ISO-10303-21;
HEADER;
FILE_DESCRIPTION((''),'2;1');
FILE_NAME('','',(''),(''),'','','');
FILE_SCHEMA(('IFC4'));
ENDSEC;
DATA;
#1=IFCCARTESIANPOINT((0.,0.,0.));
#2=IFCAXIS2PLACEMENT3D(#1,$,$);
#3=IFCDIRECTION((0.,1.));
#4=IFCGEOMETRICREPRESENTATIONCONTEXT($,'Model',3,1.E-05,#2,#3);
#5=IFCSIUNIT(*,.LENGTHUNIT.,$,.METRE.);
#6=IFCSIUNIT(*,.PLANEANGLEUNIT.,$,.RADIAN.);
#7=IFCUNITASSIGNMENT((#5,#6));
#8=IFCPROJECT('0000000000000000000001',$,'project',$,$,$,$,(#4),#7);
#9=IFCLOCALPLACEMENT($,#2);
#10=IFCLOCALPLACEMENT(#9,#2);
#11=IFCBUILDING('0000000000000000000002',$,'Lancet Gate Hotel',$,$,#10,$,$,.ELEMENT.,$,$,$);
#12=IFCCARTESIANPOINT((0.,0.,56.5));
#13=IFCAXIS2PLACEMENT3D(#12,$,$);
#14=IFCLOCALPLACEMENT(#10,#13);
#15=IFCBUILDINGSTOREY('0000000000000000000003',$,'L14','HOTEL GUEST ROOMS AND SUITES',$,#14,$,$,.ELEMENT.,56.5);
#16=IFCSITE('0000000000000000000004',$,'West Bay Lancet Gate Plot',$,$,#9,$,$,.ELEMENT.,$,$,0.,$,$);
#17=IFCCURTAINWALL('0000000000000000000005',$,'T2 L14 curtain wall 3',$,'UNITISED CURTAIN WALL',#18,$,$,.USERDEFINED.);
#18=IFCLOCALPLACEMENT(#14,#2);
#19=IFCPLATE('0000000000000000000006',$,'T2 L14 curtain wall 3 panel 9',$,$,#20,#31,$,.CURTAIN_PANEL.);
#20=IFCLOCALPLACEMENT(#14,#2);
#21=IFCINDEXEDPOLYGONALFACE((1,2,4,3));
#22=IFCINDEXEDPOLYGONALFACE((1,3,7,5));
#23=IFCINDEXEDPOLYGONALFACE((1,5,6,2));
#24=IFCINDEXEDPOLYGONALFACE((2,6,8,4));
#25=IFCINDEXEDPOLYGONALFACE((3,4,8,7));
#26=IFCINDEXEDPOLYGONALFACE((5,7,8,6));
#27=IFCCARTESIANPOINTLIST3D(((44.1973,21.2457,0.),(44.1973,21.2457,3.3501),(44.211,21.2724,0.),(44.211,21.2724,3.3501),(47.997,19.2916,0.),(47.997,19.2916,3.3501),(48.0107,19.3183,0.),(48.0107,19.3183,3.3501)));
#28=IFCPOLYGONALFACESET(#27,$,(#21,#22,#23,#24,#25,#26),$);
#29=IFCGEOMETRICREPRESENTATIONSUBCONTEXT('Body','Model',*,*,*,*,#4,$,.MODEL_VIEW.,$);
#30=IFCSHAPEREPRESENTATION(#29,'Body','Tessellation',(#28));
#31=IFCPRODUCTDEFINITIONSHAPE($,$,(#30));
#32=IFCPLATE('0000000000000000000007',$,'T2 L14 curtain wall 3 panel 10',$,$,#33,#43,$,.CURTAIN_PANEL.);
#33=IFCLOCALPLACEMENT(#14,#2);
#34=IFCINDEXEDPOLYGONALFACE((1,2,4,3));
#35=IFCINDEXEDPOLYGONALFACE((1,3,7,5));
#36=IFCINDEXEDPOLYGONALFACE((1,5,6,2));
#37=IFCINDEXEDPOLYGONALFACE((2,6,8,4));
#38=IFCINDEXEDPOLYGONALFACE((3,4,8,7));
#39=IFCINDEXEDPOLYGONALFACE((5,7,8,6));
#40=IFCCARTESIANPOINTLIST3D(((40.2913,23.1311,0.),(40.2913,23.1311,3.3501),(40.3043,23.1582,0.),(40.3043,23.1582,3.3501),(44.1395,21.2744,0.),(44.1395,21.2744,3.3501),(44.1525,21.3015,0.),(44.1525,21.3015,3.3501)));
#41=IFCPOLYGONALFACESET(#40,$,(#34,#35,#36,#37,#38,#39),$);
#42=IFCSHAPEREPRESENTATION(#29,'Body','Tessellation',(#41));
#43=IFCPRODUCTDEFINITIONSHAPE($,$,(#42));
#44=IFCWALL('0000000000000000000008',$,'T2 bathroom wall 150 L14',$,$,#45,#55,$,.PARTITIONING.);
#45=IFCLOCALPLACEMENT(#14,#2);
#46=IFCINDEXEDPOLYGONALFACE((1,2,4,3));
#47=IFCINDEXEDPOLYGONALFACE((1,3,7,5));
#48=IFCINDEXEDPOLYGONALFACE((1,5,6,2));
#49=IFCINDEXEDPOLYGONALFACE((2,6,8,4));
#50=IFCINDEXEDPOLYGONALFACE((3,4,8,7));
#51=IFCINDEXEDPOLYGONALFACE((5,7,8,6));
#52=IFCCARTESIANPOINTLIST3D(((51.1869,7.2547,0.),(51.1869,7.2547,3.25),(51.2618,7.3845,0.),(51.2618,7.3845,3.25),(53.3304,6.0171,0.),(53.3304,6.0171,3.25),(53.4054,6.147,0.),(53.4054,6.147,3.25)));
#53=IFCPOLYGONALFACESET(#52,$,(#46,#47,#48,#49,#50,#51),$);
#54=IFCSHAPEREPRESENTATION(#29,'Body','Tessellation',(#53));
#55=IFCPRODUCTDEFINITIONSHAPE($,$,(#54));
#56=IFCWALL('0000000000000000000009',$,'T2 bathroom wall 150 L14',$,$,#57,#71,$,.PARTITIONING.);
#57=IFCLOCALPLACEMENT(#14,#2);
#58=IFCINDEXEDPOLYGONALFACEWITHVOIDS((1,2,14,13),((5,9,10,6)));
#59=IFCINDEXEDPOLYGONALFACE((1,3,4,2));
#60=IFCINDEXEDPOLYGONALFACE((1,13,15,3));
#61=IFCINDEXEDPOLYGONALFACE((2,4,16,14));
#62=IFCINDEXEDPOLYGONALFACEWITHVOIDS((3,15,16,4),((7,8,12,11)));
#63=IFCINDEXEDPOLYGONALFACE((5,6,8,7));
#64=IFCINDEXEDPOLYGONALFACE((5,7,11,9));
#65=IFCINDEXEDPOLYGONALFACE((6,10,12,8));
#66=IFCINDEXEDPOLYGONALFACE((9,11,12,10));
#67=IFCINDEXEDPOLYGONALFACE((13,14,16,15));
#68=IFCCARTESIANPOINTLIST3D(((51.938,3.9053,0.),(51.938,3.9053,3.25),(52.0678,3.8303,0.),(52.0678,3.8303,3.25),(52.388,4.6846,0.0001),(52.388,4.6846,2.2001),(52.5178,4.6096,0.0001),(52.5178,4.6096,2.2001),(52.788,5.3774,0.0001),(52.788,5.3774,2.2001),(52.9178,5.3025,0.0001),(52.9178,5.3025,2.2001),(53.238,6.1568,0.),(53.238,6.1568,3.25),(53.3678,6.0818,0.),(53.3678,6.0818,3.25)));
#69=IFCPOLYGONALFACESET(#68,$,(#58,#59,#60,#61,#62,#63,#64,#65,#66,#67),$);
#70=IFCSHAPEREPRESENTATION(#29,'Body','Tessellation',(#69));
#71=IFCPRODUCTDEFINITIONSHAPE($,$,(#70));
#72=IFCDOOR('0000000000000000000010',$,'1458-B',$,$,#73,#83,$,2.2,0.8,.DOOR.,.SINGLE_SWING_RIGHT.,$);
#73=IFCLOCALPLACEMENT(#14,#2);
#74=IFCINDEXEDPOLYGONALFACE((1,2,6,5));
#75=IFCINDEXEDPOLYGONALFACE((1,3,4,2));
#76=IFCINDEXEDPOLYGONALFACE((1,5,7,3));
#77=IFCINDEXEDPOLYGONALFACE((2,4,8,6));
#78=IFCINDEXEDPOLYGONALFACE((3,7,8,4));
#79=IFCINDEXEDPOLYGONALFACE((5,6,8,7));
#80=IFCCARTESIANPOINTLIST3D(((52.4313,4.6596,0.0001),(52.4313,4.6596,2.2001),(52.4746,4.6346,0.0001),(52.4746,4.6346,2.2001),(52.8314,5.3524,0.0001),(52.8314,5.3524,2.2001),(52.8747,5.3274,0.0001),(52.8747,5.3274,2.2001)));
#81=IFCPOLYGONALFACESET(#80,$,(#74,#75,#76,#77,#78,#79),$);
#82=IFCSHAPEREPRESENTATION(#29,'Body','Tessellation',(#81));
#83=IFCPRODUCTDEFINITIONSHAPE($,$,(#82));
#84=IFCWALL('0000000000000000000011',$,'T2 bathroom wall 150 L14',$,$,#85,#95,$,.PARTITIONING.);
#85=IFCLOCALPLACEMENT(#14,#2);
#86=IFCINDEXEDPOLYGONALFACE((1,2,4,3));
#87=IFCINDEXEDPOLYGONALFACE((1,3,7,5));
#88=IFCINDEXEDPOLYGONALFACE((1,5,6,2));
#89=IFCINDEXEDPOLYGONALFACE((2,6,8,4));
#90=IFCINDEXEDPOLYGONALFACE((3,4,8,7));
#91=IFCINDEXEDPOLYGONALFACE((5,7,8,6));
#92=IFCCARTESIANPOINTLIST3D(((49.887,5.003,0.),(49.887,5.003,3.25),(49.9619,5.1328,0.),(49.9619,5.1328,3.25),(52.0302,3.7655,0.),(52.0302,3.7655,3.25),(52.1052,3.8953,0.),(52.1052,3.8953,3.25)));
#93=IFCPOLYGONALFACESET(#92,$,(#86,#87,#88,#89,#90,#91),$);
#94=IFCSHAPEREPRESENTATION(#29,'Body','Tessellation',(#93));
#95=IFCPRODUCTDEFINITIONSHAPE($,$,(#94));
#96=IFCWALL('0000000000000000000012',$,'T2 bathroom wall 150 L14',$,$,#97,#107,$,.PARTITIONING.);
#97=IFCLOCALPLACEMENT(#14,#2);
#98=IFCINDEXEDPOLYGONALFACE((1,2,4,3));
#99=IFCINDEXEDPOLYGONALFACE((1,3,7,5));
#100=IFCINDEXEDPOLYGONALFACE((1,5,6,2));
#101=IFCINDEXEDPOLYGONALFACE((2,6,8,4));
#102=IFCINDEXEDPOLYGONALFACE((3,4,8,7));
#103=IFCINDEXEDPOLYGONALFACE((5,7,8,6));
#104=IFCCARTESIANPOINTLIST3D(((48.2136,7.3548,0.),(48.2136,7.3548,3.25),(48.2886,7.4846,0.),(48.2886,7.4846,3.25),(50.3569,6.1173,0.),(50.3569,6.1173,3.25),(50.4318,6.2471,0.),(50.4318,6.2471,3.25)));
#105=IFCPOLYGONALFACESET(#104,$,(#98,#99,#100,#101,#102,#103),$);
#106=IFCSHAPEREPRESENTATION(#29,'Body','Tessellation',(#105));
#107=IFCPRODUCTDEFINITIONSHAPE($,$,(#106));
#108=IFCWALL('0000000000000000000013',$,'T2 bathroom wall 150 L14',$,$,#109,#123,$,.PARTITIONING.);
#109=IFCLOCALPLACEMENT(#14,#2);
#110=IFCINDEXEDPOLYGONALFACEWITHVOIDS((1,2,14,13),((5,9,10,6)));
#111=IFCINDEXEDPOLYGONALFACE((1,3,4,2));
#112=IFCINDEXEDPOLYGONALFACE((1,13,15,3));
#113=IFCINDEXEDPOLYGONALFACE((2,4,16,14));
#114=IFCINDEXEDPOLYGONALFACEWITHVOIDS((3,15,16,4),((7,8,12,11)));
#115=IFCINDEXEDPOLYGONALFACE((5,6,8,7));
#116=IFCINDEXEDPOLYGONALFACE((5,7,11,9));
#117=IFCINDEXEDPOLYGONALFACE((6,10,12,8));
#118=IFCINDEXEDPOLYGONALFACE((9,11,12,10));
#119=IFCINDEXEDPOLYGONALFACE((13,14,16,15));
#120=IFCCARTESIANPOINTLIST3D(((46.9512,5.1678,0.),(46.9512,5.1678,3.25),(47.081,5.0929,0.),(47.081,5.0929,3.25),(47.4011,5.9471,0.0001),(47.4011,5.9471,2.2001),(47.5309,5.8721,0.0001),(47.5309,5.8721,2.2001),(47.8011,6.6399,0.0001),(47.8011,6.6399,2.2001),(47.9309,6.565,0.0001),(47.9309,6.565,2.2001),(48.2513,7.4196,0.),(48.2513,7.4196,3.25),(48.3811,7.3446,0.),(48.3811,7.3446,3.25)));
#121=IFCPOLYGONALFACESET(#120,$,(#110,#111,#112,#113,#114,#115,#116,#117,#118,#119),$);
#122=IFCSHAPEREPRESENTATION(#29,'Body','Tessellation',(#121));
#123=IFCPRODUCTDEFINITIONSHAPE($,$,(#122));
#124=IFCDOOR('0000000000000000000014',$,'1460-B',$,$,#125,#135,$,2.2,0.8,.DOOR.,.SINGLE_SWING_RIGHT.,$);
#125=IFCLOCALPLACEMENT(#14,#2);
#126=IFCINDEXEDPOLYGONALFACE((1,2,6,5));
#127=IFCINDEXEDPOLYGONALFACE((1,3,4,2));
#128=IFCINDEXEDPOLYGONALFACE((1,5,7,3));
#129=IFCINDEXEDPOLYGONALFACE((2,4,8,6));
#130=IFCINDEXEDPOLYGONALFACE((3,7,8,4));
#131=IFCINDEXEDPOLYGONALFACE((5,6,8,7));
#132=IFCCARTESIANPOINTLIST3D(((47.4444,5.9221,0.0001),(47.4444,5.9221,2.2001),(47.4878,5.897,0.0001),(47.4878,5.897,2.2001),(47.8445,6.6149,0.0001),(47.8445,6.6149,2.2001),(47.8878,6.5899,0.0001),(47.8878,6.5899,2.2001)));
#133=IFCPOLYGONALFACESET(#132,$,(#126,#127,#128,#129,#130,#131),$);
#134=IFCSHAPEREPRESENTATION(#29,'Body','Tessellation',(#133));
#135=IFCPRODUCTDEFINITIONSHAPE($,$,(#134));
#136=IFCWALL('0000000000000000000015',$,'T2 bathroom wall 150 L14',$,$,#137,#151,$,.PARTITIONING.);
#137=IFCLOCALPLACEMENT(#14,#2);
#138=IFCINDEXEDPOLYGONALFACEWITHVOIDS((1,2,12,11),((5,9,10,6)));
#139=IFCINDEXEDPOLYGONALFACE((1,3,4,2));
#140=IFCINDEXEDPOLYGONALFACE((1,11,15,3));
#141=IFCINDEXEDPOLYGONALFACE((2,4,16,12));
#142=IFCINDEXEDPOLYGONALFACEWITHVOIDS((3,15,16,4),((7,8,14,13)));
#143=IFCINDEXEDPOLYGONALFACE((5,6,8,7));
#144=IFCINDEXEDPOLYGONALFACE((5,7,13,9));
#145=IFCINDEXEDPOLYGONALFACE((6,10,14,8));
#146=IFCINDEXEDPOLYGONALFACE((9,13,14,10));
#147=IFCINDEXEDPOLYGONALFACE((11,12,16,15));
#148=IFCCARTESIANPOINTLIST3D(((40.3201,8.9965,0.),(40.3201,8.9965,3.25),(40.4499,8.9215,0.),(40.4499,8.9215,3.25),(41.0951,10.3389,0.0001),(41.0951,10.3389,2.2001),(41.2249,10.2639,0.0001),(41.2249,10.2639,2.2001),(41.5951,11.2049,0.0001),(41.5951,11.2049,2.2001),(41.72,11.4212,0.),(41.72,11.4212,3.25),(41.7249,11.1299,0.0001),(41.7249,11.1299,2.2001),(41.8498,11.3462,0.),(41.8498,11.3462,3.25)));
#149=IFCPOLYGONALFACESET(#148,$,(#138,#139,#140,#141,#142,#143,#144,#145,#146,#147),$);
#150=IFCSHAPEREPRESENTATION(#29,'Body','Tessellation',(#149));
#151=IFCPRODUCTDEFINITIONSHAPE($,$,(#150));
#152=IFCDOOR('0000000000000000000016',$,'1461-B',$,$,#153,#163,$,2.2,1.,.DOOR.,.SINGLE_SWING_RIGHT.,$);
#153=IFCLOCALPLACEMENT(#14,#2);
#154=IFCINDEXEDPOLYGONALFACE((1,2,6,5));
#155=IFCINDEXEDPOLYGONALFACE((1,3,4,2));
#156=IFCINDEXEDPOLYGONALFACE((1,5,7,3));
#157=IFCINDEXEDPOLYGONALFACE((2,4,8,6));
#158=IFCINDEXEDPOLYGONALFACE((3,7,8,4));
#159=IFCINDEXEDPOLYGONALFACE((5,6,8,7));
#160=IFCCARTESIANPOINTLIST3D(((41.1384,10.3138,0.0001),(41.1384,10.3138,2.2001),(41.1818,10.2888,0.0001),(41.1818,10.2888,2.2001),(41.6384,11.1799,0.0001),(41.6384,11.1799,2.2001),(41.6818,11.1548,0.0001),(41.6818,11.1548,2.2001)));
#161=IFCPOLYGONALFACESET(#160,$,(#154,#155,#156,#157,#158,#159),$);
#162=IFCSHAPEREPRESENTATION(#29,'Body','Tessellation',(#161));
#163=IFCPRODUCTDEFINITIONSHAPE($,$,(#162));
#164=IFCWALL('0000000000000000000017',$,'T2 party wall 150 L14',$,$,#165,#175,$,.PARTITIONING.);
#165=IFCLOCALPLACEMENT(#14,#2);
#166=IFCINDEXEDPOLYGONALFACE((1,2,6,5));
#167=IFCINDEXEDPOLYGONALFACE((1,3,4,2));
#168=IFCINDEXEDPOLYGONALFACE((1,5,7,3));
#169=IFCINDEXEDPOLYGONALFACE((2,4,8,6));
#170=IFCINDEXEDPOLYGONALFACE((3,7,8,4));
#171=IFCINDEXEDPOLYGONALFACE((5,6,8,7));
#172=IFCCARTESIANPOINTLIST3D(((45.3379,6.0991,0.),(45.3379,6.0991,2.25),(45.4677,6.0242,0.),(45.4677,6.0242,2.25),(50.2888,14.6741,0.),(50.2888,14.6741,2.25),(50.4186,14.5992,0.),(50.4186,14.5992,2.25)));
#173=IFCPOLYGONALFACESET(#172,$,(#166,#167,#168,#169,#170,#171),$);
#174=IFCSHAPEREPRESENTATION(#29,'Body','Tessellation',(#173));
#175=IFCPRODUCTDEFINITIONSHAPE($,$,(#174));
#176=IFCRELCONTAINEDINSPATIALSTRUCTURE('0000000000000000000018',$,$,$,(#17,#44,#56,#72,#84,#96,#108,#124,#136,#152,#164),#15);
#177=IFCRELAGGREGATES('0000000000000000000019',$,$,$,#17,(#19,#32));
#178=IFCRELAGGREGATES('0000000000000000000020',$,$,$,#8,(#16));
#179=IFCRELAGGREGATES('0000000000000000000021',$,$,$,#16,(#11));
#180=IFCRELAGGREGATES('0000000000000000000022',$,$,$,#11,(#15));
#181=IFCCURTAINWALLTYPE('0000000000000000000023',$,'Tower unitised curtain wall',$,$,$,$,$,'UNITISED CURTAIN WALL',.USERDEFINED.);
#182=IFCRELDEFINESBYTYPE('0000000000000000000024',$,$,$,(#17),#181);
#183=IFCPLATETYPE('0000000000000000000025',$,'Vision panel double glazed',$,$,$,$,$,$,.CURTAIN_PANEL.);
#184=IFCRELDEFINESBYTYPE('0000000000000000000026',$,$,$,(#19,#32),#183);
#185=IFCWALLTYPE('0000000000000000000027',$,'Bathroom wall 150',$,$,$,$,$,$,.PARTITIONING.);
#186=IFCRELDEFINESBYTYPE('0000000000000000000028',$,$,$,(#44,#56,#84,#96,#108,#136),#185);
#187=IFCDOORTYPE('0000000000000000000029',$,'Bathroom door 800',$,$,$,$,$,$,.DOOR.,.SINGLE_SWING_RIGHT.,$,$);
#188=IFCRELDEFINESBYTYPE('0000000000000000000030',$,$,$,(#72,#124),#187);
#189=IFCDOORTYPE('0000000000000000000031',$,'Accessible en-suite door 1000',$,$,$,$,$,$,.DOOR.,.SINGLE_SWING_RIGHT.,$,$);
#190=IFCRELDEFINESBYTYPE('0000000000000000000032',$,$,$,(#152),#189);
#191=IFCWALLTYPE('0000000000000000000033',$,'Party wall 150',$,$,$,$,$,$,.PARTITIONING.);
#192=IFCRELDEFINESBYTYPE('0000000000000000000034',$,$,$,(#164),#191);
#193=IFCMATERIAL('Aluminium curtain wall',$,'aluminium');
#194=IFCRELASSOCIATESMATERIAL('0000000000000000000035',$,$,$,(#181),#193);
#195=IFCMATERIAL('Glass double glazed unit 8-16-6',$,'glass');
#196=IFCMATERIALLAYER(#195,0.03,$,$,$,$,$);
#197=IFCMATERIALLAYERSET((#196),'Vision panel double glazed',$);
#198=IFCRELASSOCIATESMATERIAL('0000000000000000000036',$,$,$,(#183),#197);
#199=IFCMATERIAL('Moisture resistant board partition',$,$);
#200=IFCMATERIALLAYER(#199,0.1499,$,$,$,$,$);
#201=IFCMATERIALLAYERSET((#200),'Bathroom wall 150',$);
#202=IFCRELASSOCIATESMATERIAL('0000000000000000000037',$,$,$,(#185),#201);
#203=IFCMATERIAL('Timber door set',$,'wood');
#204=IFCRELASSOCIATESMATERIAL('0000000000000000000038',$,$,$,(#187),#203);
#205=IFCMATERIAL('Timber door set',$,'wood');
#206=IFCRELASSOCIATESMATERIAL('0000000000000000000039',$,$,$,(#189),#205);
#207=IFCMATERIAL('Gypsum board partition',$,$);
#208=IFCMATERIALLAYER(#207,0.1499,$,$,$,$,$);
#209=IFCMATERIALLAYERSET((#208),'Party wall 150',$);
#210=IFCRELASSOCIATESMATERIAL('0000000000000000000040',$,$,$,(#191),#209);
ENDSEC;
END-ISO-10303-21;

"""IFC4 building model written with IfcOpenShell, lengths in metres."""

from ifc_helpers import new_model, si_unit, direction, frame, frame_2d, origin, origin_2d, place, context, subcontext, project, spatial, rectangle, extrude, material, layer, layer_set, type_object, element, fill, aggregate, save


model = new_model("IFC4")

# Units and contexts
model_context = context("Model", 3, precision=1e-05, world=origin(), true_north=direction((0.0, 1.0)))
body_context = subcontext(model_context, "Body", "Model", "MODEL_VIEW")
ifc_project = project(units=[si_unit("LENGTHUNIT", "METRE"), si_unit("PLANEANGLEUNIT", "RADIAN")], contexts=[model_context])

# Site, building, storey
site_placement = place(None, origin())
site = spatial("IfcSite", under=ifc_project, at=site_placement, Name="West Bay Lancet Gate Plot", CompositionType="ELEMENT", RefElevation=0.0)
building_placement = place(site_placement, origin())
building = spatial("IfcBuilding", under=site, at=building_placement, Name="Lancet Gate Hotel", CompositionType="ELEMENT")
storey_placement = place(building_placement, frame((0.0, 0.0, 56.5)))
storey = spatial("IfcBuildingStorey", under=building, at=storey_placement, Name="L14", Description="HOTEL GUEST ROOMS AND SUITES", CompositionType="ELEMENT", Elevation=56.5)

# Curtain wall
ifc_material_1 = material(Name="Aluminium curtain wall", Category="aluminium")
curtain_wall_type = type_object("IfcCurtainWallType", Name="Tower unitised curtain wall", ElementType="UNITISED CURTAIN WALL", PredefinedType="USERDEFINED", material=ifc_material_1)
curtain_wall_placement = place(storey_placement, origin())
curtain_wall = element("IfcCurtainWall", 1, at=curtain_wall_placement, inside=storey, type_object=curtain_wall_type, Name="T2 L14 curtain wall 3", ObjectType="UNITISED CURTAIN WALL", PredefinedType="USERDEFINED")

# Plates
ifc_material_2 = material(Name="Glass double glazed unit 8-16-6", Category="glass")
ifc_layer_1 = layer(ifc_material_2, 0.03)
ifc_layer_set_1 = layer_set([ifc_layer_1], Name="Vision panel double glazed")
plate_type = type_object("IfcPlateType", Name="Vision panel double glazed", PredefinedType="CURTAIN_PANEL", material=ifc_layer_set_1)
plate_1_placement = place(storey_placement, frame((46.104, 20.282, 0.0), z_axis=(0.0, 0.0, 1.0), x_axis=(-0.889296, 0.457332, 0.0)))
plate_1 = element("IfcPlate", 2, at=plate_1_placement, type_object=plate_type, Name="T2 L14 curtain wall 3 panel 9", PredefinedType="CURTAIN_PANEL", context=body_context, shape_type="SweptSolid", body=[
    extrude(rectangle(XDim=4.2727, YDim=0.03, at=origin_2d()), origin(), (0.0, 0.0, 1.0), 3.3501),
])
plate_2_placement = place(storey_placement, frame((42.2219, 22.2163, 0.0), z_axis=(0.0, 0.0, 1.0), x_axis=(-0.900647, 0.43455, 0.0)))
plate_2 = element("IfcPlate", 3, at=plate_2_placement, type_object=plate_type, Name="T2 L14 curtain wall 3 panel 10", PredefinedType="CURTAIN_PANEL", context=body_context, shape_type="SweptSolid", body=[
    extrude(rectangle(XDim=4.2727, YDim=0.03, at=origin_2d()), origin(), (0.0, 0.0, 1.0), 3.3501),
])
aggregate(curtain_wall, [plate_1, plate_2])

# Wall
ifc_material_3 = material(Name="Moisture resistant board partition")
ifc_layer_2 = layer(ifc_material_3, 0.1499)
ifc_layer_set_2 = layer_set([ifc_layer_2], Name="Bathroom wall 150")
wall_type_1 = type_object("IfcWallType", Name="Bathroom wall 150", PredefinedType="PARTITIONING", material=ifc_layer_set_2)
wall_1_placement = place(storey_placement, frame((51.2244, 7.3196, 0.0), z_axis=(0.0, 0.0, 1.0), x_axis=(0.866031, -0.49999, 0.0)))
element("IfcWall", 4, at=wall_1_placement, inside=storey, type_object=wall_type_1, Name="T2 bathroom wall 150 L14", PredefinedType="PARTITIONING", context=body_context, shape_type="SweptSolid", body=[
    extrude(rectangle(XDim=2.4751, YDim=0.1499, at=frame_2d((1.2375, 0.0))), origin(), (0.0, 0.0, 1.0), 3.25),
])

# Wall, opening, door
wall_2_placement = place(storey_placement, frame((52.0029, 3.8679, 0.0), z_axis=(0.0, 0.0, 1.0), x_axis=(0.500048, 0.865998, 0.0)))
wall_2 = element("IfcWall", 5, at=wall_2_placement, inside=storey, type_object=wall_type_1, Name="T2 bathroom wall 150 L14", PredefinedType="PARTITIONING", context=body_context, shape_type="SweptSolid", body=[
    extrude(rectangle(XDim=2.5999, YDim=0.1499, at=frame_2d((1.2998, 0.0))), origin(), (0.0, 0.0, 1.0), 3.25),
])
opening_1_placement = place(wall_2_placement, frame((0.8999, 0.0, 0.0)))
opening_1 = element("IfcOpeningElement", 6, at=opening_1_placement, cuts=wall_2, PredefinedType="OPENING", context=body_context, shape_type="SweptSolid", body=[
    extrude(rectangle(XDim=0.8, YDim=2.2, at=frame_2d((0.3999, 1.1001))), frame((0.0, 0.085, 0.0), z_axis=(0.0, -1.0, 0.0), x_axis=(1.0, 0.0, 0.0)), (0.0, 0.0, 1.0), 0.1699),
])
ifc_material_4 = material(Name="Timber door set", Category="wood")
door_type_1 = type_object("IfcDoorType", Name="Bathroom door 800", OperationType="SINGLE_SWING_RIGHT", PredefinedType="DOOR", material=ifc_material_4)
door_1_placement = place(opening_1_placement, origin())
door_1 = element("IfcDoor", 7, at=door_1_placement, inside=storey, type_object=door_type_1, Name="1458-B", OperationType="SINGLE_SWING_RIGHT", OverallHeight=2.2, OverallWidth=0.8, PredefinedType="DOOR", context=body_context, shape_type="SweptSolid", body=[
    extrude(rectangle(XDim=0.8, YDim=2.2, at=frame_2d((0.3999, 1.1001))), frame((0.0, 0.0249, 0.0), z_axis=(0.0, -1.0, 0.0), x_axis=(1.0, 0.0, 0.0)), (0.0, 0.0, 1.0), 0.05),
])
fill(opening_1, door_1)

# Walls
for number, where, z_axis, x_axis, name in (
    (8, (49.9246, 5.0679, 0.0), (0.0, 0.0, 1.0), (0.866007, -0.500033, 0.0), "T2 bathroom wall 150 L14"),
    (9, (48.2512, 7.4197, 0.0), (0.0, 0.0, 1.0), (0.866007, -0.500033, 0.0), "T2 bathroom wall 150 L14"),
):
    element("IfcWall", number, at=place(storey_placement, frame(where, z_axis=z_axis, x_axis=x_axis)), inside=storey, type_object=wall_type_1, Name=name, PredefinedType="PARTITIONING", context=body_context, shape_type="SweptSolid", body=[
        extrude(rectangle(XDim=2.4749, YDim=0.1499, at=frame_2d((1.2373, 0.0))), origin(), (0.0, 0.0, 1.0), 3.25),
    ])

# Walls, openings, doors
wall_3_placement = place(storey_placement, frame((47.0161, 5.1304, 0.0), z_axis=(0.0, 0.0, 1.0), x_axis=(0.500007, 0.866021, 0.0)))
wall_3 = element("IfcWall", 10, at=wall_3_placement, inside=storey, type_object=wall_type_1, Name="T2 bathroom wall 150 L14", PredefinedType="PARTITIONING", context=body_context, shape_type="SweptSolid", body=[
    extrude(rectangle(XDim=2.6001, YDim=0.1499, at=frame_2d((1.3, 0.0))), origin(), (0.0, 0.0, 1.0), 3.25),
])
opening_2_placement = place(wall_3_placement, frame((0.8999, 0.0, 0.0)))
opening_2 = element("IfcOpeningElement", 11, at=opening_2_placement, cuts=wall_3, PredefinedType="OPENING", context=body_context, shape_type="SweptSolid", body=[
    extrude(rectangle(XDim=0.8, YDim=2.2, at=frame_2d((0.3999, 1.1001))), frame((0.0, 0.085, 0.0), z_axis=(0.0, -1.0, 0.0), x_axis=(1.0, 0.0, 0.0)), (0.0, 0.0, 1.0), 0.1699),
])
door_2_placement = place(opening_2_placement, origin())
door_2 = element("IfcDoor", 12, at=door_2_placement, inside=storey, type_object=door_type_1, Name="1460-B", OperationType="SINGLE_SWING_RIGHT", OverallHeight=2.2, OverallWidth=0.8, PredefinedType="DOOR", context=body_context, shape_type="SweptSolid", body=[
    extrude(rectangle(XDim=0.8, YDim=2.2, at=frame_2d((0.3999, 1.1001))), frame((0.0, 0.0249, 0.0), z_axis=(0.0, -1.0, 0.0), x_axis=(1.0, 0.0, 0.0)), (0.0, 0.0, 1.0), 0.05),
])
fill(opening_2, door_2)
wall_4_placement = place(storey_placement, frame((40.385, 8.959, 0.0), z_axis=(0.0, 0.0, 1.0), x_axis=(0.499984, 0.866035, 0.0)))
wall_4 = element("IfcWall", 13, at=wall_4_placement, inside=storey, type_object=wall_type_1, Name="T2 bathroom wall 150 L14", PredefinedType="PARTITIONING", context=body_context, shape_type="SweptSolid", body=[
    extrude(rectangle(XDim=2.7998, YDim=0.1499, at=frame_2d((1.3999, 0.0))), origin(), (0.0, 0.0, 1.0), 3.25),
])
opening_3_placement = place(wall_4_placement, frame((1.55, 0.0, 0.0)))
opening_3 = element("IfcOpeningElement", 14, at=opening_3_placement, cuts=wall_4, PredefinedType="OPENING", context=body_context, shape_type="SweptSolid", body=[
    extrude(rectangle(XDim=1.0, YDim=2.2, at=frame_2d((0.5, 1.1001))), frame((0.0, 0.085, 0.0), z_axis=(0.0, -1.0, 0.0), x_axis=(1.0, 0.0, 0.0)), (0.0, 0.0, 1.0), 0.1699),
])
ifc_material_5 = material(Name="Timber door set", Category="wood")
door_type_2 = type_object("IfcDoorType", Name="Accessible en-suite door 1000", OperationType="SINGLE_SWING_RIGHT", PredefinedType="DOOR", material=ifc_material_5)
door_3_placement = place(opening_3_placement, origin())
door_3 = element("IfcDoor", 15, at=door_3_placement, inside=storey, type_object=door_type_2, Name="1461-B", OperationType="SINGLE_SWING_RIGHT", OverallHeight=2.2, OverallWidth=1.0, PredefinedType="DOOR", context=body_context, shape_type="SweptSolid", body=[
    extrude(rectangle(XDim=1.0, YDim=2.2, at=frame_2d((0.5, 1.1001))), frame((0.0, 0.0249, 0.0), z_axis=(0.0, -1.0, 0.0), x_axis=(1.0, 0.0, 0.0)), (0.0, 0.0, 1.0), 0.05),
])
fill(opening_3, door_3)

# Wall
ifc_material_6 = material(Name="Gypsum board partition")
ifc_layer_3 = layer(ifc_material_6, 0.1499)
ifc_layer_set_3 = layer_set([ifc_layer_3], Name="Party wall 150")
wall_type_2 = type_object("IfcWallType", Name="Party wall 150", PredefinedType="PARTITIONING", material=ifc_layer_set_3)
wall_5_placement = place(storey_placement, frame((45.4028, 6.0618, 0.0), z_axis=(0.0, 0.0, 1.0), x_axis=(0.500013, 0.866018, 0.0)))
element("IfcWall", 16, at=wall_5_placement, inside=storey, type_object=wall_type_2, Name="T2 party wall 150 L14", PredefinedType="PARTITIONING", context=body_context, shape_type="SweptSolid", body=[
    extrude(rectangle(XDim=9.9016, YDim=0.1499, at=frame_2d((4.9507, 0.0))), origin(), (0.0, 0.0, 1.0), 2.25),
])

save(model, "model.ifc")
